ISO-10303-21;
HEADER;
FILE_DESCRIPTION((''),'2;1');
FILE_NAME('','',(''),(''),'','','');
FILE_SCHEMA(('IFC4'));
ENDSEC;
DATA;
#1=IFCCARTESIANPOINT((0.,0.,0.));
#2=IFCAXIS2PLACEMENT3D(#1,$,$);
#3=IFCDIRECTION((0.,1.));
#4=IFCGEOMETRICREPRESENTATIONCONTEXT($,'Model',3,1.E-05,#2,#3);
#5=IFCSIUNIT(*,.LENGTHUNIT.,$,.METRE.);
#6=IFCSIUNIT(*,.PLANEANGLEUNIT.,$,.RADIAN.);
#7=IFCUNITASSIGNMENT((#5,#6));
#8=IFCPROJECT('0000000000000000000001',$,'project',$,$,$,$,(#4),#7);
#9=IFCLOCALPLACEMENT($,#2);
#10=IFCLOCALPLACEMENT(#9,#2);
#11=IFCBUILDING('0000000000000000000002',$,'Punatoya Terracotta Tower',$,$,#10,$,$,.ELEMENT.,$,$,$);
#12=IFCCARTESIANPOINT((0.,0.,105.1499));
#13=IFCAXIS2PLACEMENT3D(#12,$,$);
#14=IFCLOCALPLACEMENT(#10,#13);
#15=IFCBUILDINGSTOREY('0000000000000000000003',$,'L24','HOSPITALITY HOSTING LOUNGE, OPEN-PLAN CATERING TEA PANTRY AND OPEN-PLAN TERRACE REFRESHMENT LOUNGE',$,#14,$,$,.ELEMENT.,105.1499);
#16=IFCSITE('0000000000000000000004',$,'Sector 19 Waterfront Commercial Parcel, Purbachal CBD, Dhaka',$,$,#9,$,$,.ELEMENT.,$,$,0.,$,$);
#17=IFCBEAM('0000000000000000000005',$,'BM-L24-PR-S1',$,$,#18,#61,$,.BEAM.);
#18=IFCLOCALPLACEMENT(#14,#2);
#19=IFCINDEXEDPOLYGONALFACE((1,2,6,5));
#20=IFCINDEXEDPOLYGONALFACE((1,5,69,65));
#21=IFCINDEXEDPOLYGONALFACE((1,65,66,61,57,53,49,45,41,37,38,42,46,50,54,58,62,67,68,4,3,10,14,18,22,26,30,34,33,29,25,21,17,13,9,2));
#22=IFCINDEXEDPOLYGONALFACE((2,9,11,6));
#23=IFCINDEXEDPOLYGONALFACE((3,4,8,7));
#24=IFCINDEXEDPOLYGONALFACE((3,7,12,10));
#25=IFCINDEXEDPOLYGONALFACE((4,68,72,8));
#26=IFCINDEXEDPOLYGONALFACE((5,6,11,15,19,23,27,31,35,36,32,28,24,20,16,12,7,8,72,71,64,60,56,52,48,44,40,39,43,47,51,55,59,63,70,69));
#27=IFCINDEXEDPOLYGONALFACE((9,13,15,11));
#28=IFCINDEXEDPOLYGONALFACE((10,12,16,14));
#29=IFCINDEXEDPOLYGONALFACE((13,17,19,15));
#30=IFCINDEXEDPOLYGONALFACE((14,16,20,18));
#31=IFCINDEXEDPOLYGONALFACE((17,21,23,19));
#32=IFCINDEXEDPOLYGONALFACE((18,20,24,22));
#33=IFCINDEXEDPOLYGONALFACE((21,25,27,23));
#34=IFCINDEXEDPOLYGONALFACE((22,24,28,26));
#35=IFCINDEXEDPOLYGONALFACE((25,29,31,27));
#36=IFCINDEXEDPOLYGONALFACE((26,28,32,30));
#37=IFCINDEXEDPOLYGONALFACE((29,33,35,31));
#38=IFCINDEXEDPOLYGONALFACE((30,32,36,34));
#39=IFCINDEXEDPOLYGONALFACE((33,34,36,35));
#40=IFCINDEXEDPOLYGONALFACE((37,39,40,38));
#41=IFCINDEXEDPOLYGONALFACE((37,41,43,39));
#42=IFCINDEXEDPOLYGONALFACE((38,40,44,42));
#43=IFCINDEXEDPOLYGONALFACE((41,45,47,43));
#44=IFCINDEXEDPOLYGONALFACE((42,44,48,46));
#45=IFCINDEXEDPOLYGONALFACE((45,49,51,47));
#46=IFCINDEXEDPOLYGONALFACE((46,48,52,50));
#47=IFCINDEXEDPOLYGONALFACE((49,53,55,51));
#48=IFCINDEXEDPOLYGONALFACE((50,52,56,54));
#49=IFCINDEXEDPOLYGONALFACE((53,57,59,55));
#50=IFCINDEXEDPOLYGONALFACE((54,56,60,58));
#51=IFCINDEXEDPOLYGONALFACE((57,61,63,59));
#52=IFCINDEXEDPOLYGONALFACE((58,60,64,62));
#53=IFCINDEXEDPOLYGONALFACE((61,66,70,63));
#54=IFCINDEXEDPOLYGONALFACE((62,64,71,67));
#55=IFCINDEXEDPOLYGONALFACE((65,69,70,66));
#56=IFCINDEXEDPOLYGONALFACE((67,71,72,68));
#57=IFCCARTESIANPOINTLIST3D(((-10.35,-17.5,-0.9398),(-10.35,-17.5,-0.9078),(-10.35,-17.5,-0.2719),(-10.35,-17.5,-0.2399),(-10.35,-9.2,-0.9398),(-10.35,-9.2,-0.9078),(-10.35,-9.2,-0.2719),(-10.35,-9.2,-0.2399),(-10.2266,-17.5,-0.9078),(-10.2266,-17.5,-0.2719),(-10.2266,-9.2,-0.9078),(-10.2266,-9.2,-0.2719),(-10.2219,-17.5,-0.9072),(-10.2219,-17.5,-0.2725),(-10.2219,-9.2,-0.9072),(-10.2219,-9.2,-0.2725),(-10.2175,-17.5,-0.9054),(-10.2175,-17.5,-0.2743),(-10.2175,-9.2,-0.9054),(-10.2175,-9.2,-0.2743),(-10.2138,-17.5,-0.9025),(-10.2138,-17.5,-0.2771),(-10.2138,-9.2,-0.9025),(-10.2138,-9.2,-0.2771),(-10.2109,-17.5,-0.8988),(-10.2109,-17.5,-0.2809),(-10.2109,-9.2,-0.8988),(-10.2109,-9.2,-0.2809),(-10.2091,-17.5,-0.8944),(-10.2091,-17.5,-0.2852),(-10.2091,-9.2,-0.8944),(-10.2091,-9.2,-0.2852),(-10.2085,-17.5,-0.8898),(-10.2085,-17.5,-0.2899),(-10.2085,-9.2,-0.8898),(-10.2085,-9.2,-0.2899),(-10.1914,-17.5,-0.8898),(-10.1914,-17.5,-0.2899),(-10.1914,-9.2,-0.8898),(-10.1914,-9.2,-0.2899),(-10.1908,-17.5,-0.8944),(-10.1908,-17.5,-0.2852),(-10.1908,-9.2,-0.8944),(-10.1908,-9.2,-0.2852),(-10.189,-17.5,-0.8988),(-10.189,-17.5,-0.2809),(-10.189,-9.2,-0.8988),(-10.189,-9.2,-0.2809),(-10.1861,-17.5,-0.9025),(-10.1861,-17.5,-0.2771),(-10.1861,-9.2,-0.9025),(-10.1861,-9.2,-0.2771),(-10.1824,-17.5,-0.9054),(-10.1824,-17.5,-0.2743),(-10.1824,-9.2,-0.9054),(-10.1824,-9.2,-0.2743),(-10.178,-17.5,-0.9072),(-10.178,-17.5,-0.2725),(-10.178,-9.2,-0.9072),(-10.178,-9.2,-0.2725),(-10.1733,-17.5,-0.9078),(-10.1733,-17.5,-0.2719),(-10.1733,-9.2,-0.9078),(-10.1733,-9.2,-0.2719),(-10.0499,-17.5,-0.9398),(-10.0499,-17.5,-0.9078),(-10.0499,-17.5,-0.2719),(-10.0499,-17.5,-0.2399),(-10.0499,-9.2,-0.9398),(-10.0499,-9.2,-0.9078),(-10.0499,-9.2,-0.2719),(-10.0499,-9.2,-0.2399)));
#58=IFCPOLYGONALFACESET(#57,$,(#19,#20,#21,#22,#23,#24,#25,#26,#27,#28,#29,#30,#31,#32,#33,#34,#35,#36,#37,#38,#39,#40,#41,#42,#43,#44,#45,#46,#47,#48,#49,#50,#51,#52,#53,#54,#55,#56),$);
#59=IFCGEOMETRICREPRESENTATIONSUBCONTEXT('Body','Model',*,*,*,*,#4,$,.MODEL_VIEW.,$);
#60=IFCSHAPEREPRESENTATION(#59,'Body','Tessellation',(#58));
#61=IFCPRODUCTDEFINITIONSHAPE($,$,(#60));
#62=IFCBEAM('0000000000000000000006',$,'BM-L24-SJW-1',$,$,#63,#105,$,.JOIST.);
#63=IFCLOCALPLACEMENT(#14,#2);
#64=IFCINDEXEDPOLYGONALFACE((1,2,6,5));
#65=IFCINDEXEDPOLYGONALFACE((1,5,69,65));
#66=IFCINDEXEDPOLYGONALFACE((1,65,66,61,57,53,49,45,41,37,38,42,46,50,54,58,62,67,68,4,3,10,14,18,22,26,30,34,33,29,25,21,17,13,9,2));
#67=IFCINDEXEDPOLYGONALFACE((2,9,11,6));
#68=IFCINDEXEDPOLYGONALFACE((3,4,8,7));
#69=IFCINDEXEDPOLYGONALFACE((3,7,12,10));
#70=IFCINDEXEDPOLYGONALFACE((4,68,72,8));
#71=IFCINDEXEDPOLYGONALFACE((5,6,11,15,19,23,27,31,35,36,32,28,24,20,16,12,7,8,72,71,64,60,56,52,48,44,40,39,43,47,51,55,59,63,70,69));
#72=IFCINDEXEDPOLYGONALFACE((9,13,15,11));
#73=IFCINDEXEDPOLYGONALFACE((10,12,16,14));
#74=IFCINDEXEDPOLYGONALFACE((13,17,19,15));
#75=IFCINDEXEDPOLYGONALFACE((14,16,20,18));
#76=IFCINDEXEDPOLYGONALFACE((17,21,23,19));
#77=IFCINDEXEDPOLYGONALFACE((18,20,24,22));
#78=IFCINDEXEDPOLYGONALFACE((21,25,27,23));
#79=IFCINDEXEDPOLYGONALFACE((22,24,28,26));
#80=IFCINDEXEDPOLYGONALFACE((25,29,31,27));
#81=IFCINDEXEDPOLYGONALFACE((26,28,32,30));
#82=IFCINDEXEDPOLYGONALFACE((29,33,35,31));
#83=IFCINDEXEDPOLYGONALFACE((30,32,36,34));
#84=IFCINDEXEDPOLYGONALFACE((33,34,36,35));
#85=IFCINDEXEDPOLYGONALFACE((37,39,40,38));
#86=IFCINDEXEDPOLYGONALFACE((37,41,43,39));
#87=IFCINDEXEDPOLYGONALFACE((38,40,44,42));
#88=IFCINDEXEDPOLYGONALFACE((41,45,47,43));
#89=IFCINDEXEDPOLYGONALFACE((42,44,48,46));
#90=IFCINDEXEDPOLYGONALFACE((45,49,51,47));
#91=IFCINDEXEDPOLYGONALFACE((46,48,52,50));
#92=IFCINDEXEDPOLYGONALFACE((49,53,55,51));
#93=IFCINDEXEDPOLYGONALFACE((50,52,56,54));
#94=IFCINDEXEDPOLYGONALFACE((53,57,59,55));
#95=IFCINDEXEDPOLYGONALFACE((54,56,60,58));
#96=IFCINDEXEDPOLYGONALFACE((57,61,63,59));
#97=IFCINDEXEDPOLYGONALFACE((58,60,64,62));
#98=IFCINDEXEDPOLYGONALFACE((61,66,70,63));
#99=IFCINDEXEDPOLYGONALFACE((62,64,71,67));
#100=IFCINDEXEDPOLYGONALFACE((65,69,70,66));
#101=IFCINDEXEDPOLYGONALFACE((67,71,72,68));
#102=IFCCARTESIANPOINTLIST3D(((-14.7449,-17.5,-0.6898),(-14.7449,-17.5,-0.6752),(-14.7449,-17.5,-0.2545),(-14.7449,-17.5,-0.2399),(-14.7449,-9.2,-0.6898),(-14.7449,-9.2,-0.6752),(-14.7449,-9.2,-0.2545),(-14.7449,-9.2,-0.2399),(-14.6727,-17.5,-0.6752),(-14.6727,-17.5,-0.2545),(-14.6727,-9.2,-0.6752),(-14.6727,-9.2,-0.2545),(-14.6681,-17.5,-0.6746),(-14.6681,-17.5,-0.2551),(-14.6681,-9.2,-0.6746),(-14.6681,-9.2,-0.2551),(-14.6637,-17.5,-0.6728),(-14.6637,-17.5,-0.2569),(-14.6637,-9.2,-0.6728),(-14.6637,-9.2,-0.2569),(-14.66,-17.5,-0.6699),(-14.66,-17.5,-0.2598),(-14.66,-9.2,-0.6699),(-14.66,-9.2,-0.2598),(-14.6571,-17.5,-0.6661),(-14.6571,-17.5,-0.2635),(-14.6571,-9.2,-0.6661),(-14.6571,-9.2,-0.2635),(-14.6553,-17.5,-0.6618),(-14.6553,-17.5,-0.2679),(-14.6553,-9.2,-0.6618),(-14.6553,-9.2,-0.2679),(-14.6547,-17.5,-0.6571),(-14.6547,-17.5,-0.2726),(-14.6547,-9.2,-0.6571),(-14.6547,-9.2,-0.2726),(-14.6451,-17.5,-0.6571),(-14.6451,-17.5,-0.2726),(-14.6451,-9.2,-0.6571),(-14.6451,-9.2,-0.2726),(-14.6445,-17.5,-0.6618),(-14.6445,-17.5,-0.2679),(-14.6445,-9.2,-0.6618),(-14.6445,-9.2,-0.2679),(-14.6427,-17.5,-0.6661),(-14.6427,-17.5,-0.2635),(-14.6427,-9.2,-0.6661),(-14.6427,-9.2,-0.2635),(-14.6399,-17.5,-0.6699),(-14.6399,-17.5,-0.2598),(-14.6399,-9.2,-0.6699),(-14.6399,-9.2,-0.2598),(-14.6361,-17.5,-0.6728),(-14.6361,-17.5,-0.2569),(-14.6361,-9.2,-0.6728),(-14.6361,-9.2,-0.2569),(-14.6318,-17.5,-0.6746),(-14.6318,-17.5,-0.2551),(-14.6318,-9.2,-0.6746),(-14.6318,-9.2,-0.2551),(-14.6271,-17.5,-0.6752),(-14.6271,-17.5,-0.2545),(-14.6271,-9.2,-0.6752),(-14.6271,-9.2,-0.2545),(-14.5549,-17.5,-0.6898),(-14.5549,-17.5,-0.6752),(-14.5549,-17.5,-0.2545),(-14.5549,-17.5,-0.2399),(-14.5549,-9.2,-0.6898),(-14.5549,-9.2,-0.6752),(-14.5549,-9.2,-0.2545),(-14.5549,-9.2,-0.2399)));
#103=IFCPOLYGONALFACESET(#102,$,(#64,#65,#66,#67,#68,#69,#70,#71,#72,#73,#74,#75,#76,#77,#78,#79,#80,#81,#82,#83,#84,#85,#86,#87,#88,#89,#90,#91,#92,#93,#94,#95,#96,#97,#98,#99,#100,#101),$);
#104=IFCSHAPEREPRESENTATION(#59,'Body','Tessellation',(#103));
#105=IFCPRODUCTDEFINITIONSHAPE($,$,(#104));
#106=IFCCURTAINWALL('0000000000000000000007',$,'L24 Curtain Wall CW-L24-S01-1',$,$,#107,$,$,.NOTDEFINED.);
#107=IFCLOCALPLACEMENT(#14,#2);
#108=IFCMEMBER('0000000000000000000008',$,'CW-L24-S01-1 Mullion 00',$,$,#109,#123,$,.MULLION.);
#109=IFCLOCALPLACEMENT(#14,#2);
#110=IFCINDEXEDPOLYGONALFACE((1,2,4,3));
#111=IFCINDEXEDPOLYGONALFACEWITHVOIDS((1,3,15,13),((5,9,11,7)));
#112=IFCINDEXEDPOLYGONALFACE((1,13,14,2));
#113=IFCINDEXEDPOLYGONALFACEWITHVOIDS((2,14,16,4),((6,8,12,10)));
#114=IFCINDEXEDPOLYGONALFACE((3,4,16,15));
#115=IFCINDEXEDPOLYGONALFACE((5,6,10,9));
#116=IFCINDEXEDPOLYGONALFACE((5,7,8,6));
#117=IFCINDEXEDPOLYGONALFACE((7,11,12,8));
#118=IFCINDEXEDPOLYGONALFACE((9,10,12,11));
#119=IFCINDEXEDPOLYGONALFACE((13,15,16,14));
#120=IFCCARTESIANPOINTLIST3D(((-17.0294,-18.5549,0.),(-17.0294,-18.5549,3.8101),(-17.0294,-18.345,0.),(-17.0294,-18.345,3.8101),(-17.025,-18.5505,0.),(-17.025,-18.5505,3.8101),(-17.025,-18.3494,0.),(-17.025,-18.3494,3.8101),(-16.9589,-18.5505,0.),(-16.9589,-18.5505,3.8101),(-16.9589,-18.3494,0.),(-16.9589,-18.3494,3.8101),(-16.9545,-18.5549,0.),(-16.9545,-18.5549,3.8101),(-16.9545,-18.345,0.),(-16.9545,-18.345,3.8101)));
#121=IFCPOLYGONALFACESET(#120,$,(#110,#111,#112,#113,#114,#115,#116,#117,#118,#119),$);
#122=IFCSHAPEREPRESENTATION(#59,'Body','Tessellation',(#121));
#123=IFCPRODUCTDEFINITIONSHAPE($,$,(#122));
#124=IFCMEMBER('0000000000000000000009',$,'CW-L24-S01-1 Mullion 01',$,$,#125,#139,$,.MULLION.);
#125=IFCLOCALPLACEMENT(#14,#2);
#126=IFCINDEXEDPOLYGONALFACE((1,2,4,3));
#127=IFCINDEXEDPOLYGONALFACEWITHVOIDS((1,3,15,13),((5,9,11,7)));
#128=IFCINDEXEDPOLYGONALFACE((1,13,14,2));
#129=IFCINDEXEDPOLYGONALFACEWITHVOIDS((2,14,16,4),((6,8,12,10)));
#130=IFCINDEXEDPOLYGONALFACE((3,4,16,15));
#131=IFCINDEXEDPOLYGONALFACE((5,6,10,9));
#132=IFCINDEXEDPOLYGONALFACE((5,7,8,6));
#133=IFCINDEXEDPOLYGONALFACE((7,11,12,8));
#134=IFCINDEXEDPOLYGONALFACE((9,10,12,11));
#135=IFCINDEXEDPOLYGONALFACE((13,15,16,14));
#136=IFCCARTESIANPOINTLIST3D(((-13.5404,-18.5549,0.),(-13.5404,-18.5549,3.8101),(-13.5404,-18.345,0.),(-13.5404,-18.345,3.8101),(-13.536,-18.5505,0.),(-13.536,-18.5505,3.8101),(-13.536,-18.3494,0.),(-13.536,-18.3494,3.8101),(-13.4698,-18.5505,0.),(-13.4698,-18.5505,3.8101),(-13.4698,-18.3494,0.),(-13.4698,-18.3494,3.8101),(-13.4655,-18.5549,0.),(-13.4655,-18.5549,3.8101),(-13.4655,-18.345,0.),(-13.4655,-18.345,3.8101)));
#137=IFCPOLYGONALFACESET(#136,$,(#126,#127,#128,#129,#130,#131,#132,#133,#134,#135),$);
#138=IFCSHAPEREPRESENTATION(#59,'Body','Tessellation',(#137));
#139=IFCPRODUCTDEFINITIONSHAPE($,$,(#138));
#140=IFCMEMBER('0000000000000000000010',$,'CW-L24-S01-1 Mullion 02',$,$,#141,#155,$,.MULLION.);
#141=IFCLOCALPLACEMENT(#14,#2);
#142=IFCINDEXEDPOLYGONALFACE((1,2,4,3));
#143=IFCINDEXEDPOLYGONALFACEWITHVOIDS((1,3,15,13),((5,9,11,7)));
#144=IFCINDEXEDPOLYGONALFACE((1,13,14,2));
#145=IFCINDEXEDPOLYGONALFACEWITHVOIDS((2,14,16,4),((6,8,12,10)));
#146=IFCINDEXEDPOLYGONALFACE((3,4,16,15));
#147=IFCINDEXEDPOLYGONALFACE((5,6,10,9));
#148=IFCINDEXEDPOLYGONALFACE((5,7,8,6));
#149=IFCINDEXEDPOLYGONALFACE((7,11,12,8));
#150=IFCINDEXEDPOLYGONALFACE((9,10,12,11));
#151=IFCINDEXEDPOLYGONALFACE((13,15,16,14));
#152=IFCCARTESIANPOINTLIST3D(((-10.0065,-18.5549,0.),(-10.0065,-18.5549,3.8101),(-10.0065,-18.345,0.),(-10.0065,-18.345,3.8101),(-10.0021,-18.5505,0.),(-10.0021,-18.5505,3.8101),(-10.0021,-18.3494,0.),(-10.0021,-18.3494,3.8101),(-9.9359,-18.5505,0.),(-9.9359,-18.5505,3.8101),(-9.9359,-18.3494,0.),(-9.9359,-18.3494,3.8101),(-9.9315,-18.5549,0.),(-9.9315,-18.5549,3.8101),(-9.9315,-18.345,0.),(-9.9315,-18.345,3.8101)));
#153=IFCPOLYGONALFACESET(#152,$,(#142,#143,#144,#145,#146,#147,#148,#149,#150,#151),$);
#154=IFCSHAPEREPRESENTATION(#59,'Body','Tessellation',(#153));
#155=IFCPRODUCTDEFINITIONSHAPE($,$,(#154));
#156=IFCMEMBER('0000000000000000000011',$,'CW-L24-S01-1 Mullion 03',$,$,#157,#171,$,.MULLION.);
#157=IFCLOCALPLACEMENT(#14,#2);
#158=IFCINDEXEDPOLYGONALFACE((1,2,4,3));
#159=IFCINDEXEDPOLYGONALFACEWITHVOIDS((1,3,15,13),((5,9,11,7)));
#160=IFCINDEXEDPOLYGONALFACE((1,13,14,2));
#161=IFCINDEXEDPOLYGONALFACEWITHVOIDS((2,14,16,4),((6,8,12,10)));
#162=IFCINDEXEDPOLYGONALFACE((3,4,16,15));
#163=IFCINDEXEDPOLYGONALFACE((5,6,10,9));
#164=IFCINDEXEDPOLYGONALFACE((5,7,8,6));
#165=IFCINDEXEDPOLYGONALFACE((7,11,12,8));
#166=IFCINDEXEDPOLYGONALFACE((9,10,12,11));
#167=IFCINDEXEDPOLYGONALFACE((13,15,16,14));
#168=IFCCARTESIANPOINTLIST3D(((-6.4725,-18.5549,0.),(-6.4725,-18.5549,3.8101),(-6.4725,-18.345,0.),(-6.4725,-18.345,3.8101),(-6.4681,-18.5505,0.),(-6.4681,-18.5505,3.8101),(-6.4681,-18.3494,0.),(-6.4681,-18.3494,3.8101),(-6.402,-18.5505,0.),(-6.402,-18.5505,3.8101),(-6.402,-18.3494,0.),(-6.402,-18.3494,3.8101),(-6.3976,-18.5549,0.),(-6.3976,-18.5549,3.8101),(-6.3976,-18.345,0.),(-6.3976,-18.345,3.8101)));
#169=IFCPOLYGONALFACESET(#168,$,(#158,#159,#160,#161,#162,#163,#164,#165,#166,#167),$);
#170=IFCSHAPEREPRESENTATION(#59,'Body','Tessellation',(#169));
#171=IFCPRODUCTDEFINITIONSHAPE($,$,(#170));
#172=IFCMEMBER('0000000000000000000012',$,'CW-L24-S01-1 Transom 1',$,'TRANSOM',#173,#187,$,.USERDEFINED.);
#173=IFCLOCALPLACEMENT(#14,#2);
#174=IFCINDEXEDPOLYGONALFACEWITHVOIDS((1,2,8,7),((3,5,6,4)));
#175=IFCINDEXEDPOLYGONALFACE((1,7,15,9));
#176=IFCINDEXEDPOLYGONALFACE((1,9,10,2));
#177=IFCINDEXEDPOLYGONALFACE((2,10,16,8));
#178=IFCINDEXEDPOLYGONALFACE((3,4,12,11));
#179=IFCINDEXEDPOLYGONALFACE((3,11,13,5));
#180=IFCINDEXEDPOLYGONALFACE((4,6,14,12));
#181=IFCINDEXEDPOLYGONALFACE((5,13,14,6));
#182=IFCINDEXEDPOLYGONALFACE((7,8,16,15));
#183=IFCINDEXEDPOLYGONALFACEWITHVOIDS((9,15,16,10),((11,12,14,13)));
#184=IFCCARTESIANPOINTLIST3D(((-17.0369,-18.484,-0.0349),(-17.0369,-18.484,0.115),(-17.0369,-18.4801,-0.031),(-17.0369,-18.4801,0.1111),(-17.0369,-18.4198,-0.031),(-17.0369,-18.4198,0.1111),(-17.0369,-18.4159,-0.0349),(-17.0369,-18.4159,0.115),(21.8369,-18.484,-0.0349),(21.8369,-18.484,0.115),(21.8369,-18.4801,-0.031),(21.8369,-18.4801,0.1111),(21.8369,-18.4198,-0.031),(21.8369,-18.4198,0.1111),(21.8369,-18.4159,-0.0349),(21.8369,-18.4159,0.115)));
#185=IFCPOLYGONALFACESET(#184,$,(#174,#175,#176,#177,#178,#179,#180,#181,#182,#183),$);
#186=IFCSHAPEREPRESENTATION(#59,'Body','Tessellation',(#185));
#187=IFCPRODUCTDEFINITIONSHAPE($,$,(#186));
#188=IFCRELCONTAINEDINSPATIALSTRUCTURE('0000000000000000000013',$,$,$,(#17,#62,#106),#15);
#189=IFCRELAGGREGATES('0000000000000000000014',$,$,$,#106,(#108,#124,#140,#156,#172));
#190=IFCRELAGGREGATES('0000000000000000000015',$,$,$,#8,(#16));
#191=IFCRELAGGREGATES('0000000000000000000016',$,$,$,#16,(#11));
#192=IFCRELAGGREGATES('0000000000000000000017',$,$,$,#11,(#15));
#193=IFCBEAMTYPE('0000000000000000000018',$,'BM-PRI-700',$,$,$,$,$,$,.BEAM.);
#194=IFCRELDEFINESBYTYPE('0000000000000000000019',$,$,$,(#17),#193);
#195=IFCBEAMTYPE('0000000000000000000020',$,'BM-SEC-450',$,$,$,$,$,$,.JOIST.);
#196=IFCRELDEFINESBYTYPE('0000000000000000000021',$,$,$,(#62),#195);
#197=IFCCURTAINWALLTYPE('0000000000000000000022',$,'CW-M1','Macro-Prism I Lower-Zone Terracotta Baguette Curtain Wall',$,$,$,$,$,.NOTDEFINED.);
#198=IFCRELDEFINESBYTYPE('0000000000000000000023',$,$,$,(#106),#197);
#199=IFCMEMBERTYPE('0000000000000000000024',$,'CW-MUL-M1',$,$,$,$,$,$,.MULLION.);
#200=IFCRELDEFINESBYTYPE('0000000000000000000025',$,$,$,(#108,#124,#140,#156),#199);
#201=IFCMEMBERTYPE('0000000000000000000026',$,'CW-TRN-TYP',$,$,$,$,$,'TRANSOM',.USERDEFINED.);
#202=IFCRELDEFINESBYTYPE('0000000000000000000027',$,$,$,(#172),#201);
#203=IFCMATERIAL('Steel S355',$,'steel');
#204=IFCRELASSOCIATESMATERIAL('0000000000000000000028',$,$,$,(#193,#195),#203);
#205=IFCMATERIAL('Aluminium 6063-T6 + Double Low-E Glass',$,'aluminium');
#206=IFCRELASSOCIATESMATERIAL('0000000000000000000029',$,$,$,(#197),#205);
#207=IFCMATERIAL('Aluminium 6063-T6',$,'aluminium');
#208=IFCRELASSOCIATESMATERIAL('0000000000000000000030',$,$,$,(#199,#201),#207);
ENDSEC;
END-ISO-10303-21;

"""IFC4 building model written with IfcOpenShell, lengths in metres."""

from ifc_helpers import new_model, si_unit, direction, frame, origin, origin_2d, place, context, subcontext, project, spatial, hollow_rectangle, i_section, extrude, material, material_profile, profile_set, type_object, element, aggregate, save


model = new_model("IFC4")

# Units and contexts
model_context = context("Model", 3, precision=1e-05, world=origin(), true_north=direction((0.0, 1.0)))
body_context = subcontext(model_context, "Body", "Model", "MODEL_VIEW")
ifc_project = project(units=[si_unit("LENGTHUNIT", "METRE"), si_unit("PLANEANGLEUNIT", "RADIAN")], contexts=[model_context])

# Site, building, storey
site_placement = place(None, origin())
site = spatial("IfcSite", under=ifc_project, at=site_placement, Name="Sector 19 Waterfront Commercial Parcel, Purbachal CBD, Dhaka", CompositionType="ELEMENT", RefElevation=0.0)
building_placement = place(site_placement, origin())
building = spatial("IfcBuilding", under=site, at=building_placement, Name="Punatoya Terracotta Tower", CompositionType="ELEMENT")
storey_placement = place(building_placement, frame((0.0, 0.0, 105.1499)))
storey = spatial("IfcBuildingStorey", under=building, at=storey_placement, Name="L24", Description="HOSPITALITY HOSTING LOUNGE, OPEN-PLAN CATERING TEA PANTRY AND OPEN-PLAN TERRACE REFRESHMENT LOUNGE", CompositionType="ELEMENT", Elevation=105.1499)

# Beams
ifc_material_1 = material(Name="Steel S355", Category="steel")
ifc_material_profile_1 = material_profile(ifc_material_1, i_section(OverallWidth=0.3, OverallDepth=0.7, WebThickness=0.0171, FlangeThickness=0.032, FilletRadius=0.0181, at=origin_2d()))
ifc_profile_set_1 = profile_set([ifc_material_profile_1], Name="Steel S355")
beam_type_1 = type_object("IfcBeamType", Name="BM-PRI-700", PredefinedType="BEAM", material=ifc_profile_set_1)
beam_1_placement = place(storey_placement, frame((-10.2, -17.5, -0.5898), z_axis=(0.0, 1.0, 0.0), x_axis=(-1.0, 0.0, 0.0)))
element("IfcBeam", 1, at=beam_1_placement, inside=storey, type_object=beam_type_1, Name="BM-L24-PR-S1", PredefinedType="BEAM", context=body_context, shape_type="SweptSolid", body=[
    extrude(i_section(OverallWidth=0.3, OverallDepth=0.7, WebThickness=0.0171, FlangeThickness=0.032, FilletRadius=0.0181, at=origin_2d()), origin(), (0.0, 0.0, 1.0), 8.3),
])
ifc_material_profile_2 = material_profile(ifc_material_1, i_section(OverallWidth=0.1899, OverallDepth=0.45, WebThickness=0.0095, FlangeThickness=0.0146, FilletRadius=0.0181, at=origin_2d()))
ifc_profile_set_2 = profile_set([ifc_material_profile_2], Name="Steel S355")
beam_type_2 = type_object("IfcBeamType", Name="BM-SEC-450", PredefinedType="JOIST", material=ifc_profile_set_2)
beam_2_placement = place(storey_placement, frame((-14.6499, -17.5, -0.4648), z_axis=(0.0, 1.0, 0.0), x_axis=(-1.0, 0.0, 0.0)))
element("IfcBeam", 2, at=beam_2_placement, inside=storey, type_object=beam_type_2, Name="BM-L24-SJW-1", PredefinedType="JOIST", context=body_context, shape_type="SweptSolid", body=[
    extrude(i_section(OverallWidth=0.1899, OverallDepth=0.45, WebThickness=0.0095, FlangeThickness=0.0146, FilletRadius=0.0181, at=origin_2d()), origin(), (0.0, 0.0, 1.0), 8.3),
])

# Curtain wall, members
ifc_material_2 = material(Name="Aluminium 6063-T6 + Double Low-E Glass", Category="aluminium")
curtain_wall_type = type_object("IfcCurtainWallType", Name="CW-M1", Description="Macro-Prism I Lower-Zone Terracotta Baguette Curtain Wall", PredefinedType="NOTDEFINED", material=ifc_material_2)
curtain_wall_placement = place(storey_placement, origin())
curtain_wall = element("IfcCurtainWall", 3, at=curtain_wall_placement, inside=storey, type_object=curtain_wall_type, Name="L24 Curtain Wall CW-L24-S01-1", PredefinedType="NOTDEFINED")
ifc_material_3 = material(Name="Aluminium 6063-T6", Category="aluminium")
ifc_material_profile_3 = material_profile(ifc_material_3, hollow_rectangle(XDim=0.075, YDim=0.21, WallThickness=0.0044, at=origin_2d()))
ifc_profile_set_3 = profile_set([ifc_material_profile_3], Name="Aluminium 6063-T6")
member_type_1 = type_object("IfcMemberType", Name="CW-MUL-M1", PredefinedType="MULLION", material=ifc_profile_set_3)
member_1_placement = place(storey_placement, frame((-16.9919, -18.45, 0.0), z_axis=(0.0, 0.0, 1.0), x_axis=(1.0, 0.0, 0.0)))
member_1 = element("IfcMember", 4, at=member_1_placement, type_object=member_type_1, Name="CW-L24-S01-1 Mullion 00", PredefinedType="MULLION", context=body_context, shape_type="SweptSolid", body=[
    extrude(hollow_rectangle(XDim=0.075, YDim=0.21, WallThickness=0.0044, at=origin_2d()), origin(), (0.0, 0.0, 1.0), 3.8101),
])
member_2_placement = place(storey_placement, frame((-13.5029, -18.45, 0.0), z_axis=(0.0, 0.0, 1.0), x_axis=(1.0, 0.0, 0.0)))
member_2 = element("IfcMember", 5, at=member_2_placement, type_object=member_type_1, Name="CW-L24-S01-1 Mullion 01", PredefinedType="MULLION", context=body_context, shape_type="SweptSolid", body=[
    extrude(hollow_rectangle(XDim=0.075, YDim=0.21, WallThickness=0.0044, at=origin_2d()), origin(), (0.0, 0.0, 1.0), 3.8101),
])
member_3_placement = place(storey_placement, frame((-9.969, -18.45, 0.0), z_axis=(0.0, 0.0, 1.0), x_axis=(1.0, 0.0, 0.0)))
member_3 = element("IfcMember", 6, at=member_3_placement, type_object=member_type_1, Name="CW-L24-S01-1 Mullion 02", PredefinedType="MULLION", context=body_context, shape_type="SweptSolid", body=[
    extrude(hollow_rectangle(XDim=0.075, YDim=0.21, WallThickness=0.0044, at=origin_2d()), origin(), (0.0, 0.0, 1.0), 3.8101),
])
member_4_placement = place(storey_placement, frame((-6.4351, -18.45, 0.0), z_axis=(0.0, 0.0, 1.0), x_axis=(1.0, 0.0, 0.0)))
member_4 = element("IfcMember", 7, at=member_4_placement, type_object=member_type_1, Name="CW-L24-S01-1 Mullion 03", PredefinedType="MULLION", context=body_context, shape_type="SweptSolid", body=[
    extrude(hollow_rectangle(XDim=0.075, YDim=0.21, WallThickness=0.0044, at=origin_2d()), origin(), (0.0, 0.0, 1.0), 3.8101),
])
ifc_material_profile_4 = material_profile(ifc_material_3, hollow_rectangle(XDim=0.0681, YDim=0.1499, WallThickness=0.0039, at=origin_2d()))
ifc_profile_set_4 = profile_set([ifc_material_profile_4], Name="Aluminium 6063-T6")
member_type_2 = type_object("IfcMemberType", Name="CW-TRN-TYP", ElementType="TRANSOM", PredefinedType="USERDEFINED", material=ifc_profile_set_4)
member_5_placement = place(storey_placement, frame((-17.0369, -18.45, 0.04), z_axis=(1.0, 0.0, 0.0), x_axis=(0.0, 1.0, 0.0)))
member_5 = element("IfcMember", 8, at=member_5_placement, type_object=member_type_2, Name="CW-L24-S01-1 Transom 1", ObjectType="TRANSOM", PredefinedType="USERDEFINED", context=body_context, shape_type="SweptSolid", body=[
    extrude(hollow_rectangle(XDim=0.0681, YDim=0.1499, WallThickness=0.0039, at=origin_2d()), origin(), (0.0, 0.0, 1.0), 38.8738),
])
aggregate(curtain_wall, [member_1, member_2, member_3, member_4, member_5])

save(model, "model.ifc")
